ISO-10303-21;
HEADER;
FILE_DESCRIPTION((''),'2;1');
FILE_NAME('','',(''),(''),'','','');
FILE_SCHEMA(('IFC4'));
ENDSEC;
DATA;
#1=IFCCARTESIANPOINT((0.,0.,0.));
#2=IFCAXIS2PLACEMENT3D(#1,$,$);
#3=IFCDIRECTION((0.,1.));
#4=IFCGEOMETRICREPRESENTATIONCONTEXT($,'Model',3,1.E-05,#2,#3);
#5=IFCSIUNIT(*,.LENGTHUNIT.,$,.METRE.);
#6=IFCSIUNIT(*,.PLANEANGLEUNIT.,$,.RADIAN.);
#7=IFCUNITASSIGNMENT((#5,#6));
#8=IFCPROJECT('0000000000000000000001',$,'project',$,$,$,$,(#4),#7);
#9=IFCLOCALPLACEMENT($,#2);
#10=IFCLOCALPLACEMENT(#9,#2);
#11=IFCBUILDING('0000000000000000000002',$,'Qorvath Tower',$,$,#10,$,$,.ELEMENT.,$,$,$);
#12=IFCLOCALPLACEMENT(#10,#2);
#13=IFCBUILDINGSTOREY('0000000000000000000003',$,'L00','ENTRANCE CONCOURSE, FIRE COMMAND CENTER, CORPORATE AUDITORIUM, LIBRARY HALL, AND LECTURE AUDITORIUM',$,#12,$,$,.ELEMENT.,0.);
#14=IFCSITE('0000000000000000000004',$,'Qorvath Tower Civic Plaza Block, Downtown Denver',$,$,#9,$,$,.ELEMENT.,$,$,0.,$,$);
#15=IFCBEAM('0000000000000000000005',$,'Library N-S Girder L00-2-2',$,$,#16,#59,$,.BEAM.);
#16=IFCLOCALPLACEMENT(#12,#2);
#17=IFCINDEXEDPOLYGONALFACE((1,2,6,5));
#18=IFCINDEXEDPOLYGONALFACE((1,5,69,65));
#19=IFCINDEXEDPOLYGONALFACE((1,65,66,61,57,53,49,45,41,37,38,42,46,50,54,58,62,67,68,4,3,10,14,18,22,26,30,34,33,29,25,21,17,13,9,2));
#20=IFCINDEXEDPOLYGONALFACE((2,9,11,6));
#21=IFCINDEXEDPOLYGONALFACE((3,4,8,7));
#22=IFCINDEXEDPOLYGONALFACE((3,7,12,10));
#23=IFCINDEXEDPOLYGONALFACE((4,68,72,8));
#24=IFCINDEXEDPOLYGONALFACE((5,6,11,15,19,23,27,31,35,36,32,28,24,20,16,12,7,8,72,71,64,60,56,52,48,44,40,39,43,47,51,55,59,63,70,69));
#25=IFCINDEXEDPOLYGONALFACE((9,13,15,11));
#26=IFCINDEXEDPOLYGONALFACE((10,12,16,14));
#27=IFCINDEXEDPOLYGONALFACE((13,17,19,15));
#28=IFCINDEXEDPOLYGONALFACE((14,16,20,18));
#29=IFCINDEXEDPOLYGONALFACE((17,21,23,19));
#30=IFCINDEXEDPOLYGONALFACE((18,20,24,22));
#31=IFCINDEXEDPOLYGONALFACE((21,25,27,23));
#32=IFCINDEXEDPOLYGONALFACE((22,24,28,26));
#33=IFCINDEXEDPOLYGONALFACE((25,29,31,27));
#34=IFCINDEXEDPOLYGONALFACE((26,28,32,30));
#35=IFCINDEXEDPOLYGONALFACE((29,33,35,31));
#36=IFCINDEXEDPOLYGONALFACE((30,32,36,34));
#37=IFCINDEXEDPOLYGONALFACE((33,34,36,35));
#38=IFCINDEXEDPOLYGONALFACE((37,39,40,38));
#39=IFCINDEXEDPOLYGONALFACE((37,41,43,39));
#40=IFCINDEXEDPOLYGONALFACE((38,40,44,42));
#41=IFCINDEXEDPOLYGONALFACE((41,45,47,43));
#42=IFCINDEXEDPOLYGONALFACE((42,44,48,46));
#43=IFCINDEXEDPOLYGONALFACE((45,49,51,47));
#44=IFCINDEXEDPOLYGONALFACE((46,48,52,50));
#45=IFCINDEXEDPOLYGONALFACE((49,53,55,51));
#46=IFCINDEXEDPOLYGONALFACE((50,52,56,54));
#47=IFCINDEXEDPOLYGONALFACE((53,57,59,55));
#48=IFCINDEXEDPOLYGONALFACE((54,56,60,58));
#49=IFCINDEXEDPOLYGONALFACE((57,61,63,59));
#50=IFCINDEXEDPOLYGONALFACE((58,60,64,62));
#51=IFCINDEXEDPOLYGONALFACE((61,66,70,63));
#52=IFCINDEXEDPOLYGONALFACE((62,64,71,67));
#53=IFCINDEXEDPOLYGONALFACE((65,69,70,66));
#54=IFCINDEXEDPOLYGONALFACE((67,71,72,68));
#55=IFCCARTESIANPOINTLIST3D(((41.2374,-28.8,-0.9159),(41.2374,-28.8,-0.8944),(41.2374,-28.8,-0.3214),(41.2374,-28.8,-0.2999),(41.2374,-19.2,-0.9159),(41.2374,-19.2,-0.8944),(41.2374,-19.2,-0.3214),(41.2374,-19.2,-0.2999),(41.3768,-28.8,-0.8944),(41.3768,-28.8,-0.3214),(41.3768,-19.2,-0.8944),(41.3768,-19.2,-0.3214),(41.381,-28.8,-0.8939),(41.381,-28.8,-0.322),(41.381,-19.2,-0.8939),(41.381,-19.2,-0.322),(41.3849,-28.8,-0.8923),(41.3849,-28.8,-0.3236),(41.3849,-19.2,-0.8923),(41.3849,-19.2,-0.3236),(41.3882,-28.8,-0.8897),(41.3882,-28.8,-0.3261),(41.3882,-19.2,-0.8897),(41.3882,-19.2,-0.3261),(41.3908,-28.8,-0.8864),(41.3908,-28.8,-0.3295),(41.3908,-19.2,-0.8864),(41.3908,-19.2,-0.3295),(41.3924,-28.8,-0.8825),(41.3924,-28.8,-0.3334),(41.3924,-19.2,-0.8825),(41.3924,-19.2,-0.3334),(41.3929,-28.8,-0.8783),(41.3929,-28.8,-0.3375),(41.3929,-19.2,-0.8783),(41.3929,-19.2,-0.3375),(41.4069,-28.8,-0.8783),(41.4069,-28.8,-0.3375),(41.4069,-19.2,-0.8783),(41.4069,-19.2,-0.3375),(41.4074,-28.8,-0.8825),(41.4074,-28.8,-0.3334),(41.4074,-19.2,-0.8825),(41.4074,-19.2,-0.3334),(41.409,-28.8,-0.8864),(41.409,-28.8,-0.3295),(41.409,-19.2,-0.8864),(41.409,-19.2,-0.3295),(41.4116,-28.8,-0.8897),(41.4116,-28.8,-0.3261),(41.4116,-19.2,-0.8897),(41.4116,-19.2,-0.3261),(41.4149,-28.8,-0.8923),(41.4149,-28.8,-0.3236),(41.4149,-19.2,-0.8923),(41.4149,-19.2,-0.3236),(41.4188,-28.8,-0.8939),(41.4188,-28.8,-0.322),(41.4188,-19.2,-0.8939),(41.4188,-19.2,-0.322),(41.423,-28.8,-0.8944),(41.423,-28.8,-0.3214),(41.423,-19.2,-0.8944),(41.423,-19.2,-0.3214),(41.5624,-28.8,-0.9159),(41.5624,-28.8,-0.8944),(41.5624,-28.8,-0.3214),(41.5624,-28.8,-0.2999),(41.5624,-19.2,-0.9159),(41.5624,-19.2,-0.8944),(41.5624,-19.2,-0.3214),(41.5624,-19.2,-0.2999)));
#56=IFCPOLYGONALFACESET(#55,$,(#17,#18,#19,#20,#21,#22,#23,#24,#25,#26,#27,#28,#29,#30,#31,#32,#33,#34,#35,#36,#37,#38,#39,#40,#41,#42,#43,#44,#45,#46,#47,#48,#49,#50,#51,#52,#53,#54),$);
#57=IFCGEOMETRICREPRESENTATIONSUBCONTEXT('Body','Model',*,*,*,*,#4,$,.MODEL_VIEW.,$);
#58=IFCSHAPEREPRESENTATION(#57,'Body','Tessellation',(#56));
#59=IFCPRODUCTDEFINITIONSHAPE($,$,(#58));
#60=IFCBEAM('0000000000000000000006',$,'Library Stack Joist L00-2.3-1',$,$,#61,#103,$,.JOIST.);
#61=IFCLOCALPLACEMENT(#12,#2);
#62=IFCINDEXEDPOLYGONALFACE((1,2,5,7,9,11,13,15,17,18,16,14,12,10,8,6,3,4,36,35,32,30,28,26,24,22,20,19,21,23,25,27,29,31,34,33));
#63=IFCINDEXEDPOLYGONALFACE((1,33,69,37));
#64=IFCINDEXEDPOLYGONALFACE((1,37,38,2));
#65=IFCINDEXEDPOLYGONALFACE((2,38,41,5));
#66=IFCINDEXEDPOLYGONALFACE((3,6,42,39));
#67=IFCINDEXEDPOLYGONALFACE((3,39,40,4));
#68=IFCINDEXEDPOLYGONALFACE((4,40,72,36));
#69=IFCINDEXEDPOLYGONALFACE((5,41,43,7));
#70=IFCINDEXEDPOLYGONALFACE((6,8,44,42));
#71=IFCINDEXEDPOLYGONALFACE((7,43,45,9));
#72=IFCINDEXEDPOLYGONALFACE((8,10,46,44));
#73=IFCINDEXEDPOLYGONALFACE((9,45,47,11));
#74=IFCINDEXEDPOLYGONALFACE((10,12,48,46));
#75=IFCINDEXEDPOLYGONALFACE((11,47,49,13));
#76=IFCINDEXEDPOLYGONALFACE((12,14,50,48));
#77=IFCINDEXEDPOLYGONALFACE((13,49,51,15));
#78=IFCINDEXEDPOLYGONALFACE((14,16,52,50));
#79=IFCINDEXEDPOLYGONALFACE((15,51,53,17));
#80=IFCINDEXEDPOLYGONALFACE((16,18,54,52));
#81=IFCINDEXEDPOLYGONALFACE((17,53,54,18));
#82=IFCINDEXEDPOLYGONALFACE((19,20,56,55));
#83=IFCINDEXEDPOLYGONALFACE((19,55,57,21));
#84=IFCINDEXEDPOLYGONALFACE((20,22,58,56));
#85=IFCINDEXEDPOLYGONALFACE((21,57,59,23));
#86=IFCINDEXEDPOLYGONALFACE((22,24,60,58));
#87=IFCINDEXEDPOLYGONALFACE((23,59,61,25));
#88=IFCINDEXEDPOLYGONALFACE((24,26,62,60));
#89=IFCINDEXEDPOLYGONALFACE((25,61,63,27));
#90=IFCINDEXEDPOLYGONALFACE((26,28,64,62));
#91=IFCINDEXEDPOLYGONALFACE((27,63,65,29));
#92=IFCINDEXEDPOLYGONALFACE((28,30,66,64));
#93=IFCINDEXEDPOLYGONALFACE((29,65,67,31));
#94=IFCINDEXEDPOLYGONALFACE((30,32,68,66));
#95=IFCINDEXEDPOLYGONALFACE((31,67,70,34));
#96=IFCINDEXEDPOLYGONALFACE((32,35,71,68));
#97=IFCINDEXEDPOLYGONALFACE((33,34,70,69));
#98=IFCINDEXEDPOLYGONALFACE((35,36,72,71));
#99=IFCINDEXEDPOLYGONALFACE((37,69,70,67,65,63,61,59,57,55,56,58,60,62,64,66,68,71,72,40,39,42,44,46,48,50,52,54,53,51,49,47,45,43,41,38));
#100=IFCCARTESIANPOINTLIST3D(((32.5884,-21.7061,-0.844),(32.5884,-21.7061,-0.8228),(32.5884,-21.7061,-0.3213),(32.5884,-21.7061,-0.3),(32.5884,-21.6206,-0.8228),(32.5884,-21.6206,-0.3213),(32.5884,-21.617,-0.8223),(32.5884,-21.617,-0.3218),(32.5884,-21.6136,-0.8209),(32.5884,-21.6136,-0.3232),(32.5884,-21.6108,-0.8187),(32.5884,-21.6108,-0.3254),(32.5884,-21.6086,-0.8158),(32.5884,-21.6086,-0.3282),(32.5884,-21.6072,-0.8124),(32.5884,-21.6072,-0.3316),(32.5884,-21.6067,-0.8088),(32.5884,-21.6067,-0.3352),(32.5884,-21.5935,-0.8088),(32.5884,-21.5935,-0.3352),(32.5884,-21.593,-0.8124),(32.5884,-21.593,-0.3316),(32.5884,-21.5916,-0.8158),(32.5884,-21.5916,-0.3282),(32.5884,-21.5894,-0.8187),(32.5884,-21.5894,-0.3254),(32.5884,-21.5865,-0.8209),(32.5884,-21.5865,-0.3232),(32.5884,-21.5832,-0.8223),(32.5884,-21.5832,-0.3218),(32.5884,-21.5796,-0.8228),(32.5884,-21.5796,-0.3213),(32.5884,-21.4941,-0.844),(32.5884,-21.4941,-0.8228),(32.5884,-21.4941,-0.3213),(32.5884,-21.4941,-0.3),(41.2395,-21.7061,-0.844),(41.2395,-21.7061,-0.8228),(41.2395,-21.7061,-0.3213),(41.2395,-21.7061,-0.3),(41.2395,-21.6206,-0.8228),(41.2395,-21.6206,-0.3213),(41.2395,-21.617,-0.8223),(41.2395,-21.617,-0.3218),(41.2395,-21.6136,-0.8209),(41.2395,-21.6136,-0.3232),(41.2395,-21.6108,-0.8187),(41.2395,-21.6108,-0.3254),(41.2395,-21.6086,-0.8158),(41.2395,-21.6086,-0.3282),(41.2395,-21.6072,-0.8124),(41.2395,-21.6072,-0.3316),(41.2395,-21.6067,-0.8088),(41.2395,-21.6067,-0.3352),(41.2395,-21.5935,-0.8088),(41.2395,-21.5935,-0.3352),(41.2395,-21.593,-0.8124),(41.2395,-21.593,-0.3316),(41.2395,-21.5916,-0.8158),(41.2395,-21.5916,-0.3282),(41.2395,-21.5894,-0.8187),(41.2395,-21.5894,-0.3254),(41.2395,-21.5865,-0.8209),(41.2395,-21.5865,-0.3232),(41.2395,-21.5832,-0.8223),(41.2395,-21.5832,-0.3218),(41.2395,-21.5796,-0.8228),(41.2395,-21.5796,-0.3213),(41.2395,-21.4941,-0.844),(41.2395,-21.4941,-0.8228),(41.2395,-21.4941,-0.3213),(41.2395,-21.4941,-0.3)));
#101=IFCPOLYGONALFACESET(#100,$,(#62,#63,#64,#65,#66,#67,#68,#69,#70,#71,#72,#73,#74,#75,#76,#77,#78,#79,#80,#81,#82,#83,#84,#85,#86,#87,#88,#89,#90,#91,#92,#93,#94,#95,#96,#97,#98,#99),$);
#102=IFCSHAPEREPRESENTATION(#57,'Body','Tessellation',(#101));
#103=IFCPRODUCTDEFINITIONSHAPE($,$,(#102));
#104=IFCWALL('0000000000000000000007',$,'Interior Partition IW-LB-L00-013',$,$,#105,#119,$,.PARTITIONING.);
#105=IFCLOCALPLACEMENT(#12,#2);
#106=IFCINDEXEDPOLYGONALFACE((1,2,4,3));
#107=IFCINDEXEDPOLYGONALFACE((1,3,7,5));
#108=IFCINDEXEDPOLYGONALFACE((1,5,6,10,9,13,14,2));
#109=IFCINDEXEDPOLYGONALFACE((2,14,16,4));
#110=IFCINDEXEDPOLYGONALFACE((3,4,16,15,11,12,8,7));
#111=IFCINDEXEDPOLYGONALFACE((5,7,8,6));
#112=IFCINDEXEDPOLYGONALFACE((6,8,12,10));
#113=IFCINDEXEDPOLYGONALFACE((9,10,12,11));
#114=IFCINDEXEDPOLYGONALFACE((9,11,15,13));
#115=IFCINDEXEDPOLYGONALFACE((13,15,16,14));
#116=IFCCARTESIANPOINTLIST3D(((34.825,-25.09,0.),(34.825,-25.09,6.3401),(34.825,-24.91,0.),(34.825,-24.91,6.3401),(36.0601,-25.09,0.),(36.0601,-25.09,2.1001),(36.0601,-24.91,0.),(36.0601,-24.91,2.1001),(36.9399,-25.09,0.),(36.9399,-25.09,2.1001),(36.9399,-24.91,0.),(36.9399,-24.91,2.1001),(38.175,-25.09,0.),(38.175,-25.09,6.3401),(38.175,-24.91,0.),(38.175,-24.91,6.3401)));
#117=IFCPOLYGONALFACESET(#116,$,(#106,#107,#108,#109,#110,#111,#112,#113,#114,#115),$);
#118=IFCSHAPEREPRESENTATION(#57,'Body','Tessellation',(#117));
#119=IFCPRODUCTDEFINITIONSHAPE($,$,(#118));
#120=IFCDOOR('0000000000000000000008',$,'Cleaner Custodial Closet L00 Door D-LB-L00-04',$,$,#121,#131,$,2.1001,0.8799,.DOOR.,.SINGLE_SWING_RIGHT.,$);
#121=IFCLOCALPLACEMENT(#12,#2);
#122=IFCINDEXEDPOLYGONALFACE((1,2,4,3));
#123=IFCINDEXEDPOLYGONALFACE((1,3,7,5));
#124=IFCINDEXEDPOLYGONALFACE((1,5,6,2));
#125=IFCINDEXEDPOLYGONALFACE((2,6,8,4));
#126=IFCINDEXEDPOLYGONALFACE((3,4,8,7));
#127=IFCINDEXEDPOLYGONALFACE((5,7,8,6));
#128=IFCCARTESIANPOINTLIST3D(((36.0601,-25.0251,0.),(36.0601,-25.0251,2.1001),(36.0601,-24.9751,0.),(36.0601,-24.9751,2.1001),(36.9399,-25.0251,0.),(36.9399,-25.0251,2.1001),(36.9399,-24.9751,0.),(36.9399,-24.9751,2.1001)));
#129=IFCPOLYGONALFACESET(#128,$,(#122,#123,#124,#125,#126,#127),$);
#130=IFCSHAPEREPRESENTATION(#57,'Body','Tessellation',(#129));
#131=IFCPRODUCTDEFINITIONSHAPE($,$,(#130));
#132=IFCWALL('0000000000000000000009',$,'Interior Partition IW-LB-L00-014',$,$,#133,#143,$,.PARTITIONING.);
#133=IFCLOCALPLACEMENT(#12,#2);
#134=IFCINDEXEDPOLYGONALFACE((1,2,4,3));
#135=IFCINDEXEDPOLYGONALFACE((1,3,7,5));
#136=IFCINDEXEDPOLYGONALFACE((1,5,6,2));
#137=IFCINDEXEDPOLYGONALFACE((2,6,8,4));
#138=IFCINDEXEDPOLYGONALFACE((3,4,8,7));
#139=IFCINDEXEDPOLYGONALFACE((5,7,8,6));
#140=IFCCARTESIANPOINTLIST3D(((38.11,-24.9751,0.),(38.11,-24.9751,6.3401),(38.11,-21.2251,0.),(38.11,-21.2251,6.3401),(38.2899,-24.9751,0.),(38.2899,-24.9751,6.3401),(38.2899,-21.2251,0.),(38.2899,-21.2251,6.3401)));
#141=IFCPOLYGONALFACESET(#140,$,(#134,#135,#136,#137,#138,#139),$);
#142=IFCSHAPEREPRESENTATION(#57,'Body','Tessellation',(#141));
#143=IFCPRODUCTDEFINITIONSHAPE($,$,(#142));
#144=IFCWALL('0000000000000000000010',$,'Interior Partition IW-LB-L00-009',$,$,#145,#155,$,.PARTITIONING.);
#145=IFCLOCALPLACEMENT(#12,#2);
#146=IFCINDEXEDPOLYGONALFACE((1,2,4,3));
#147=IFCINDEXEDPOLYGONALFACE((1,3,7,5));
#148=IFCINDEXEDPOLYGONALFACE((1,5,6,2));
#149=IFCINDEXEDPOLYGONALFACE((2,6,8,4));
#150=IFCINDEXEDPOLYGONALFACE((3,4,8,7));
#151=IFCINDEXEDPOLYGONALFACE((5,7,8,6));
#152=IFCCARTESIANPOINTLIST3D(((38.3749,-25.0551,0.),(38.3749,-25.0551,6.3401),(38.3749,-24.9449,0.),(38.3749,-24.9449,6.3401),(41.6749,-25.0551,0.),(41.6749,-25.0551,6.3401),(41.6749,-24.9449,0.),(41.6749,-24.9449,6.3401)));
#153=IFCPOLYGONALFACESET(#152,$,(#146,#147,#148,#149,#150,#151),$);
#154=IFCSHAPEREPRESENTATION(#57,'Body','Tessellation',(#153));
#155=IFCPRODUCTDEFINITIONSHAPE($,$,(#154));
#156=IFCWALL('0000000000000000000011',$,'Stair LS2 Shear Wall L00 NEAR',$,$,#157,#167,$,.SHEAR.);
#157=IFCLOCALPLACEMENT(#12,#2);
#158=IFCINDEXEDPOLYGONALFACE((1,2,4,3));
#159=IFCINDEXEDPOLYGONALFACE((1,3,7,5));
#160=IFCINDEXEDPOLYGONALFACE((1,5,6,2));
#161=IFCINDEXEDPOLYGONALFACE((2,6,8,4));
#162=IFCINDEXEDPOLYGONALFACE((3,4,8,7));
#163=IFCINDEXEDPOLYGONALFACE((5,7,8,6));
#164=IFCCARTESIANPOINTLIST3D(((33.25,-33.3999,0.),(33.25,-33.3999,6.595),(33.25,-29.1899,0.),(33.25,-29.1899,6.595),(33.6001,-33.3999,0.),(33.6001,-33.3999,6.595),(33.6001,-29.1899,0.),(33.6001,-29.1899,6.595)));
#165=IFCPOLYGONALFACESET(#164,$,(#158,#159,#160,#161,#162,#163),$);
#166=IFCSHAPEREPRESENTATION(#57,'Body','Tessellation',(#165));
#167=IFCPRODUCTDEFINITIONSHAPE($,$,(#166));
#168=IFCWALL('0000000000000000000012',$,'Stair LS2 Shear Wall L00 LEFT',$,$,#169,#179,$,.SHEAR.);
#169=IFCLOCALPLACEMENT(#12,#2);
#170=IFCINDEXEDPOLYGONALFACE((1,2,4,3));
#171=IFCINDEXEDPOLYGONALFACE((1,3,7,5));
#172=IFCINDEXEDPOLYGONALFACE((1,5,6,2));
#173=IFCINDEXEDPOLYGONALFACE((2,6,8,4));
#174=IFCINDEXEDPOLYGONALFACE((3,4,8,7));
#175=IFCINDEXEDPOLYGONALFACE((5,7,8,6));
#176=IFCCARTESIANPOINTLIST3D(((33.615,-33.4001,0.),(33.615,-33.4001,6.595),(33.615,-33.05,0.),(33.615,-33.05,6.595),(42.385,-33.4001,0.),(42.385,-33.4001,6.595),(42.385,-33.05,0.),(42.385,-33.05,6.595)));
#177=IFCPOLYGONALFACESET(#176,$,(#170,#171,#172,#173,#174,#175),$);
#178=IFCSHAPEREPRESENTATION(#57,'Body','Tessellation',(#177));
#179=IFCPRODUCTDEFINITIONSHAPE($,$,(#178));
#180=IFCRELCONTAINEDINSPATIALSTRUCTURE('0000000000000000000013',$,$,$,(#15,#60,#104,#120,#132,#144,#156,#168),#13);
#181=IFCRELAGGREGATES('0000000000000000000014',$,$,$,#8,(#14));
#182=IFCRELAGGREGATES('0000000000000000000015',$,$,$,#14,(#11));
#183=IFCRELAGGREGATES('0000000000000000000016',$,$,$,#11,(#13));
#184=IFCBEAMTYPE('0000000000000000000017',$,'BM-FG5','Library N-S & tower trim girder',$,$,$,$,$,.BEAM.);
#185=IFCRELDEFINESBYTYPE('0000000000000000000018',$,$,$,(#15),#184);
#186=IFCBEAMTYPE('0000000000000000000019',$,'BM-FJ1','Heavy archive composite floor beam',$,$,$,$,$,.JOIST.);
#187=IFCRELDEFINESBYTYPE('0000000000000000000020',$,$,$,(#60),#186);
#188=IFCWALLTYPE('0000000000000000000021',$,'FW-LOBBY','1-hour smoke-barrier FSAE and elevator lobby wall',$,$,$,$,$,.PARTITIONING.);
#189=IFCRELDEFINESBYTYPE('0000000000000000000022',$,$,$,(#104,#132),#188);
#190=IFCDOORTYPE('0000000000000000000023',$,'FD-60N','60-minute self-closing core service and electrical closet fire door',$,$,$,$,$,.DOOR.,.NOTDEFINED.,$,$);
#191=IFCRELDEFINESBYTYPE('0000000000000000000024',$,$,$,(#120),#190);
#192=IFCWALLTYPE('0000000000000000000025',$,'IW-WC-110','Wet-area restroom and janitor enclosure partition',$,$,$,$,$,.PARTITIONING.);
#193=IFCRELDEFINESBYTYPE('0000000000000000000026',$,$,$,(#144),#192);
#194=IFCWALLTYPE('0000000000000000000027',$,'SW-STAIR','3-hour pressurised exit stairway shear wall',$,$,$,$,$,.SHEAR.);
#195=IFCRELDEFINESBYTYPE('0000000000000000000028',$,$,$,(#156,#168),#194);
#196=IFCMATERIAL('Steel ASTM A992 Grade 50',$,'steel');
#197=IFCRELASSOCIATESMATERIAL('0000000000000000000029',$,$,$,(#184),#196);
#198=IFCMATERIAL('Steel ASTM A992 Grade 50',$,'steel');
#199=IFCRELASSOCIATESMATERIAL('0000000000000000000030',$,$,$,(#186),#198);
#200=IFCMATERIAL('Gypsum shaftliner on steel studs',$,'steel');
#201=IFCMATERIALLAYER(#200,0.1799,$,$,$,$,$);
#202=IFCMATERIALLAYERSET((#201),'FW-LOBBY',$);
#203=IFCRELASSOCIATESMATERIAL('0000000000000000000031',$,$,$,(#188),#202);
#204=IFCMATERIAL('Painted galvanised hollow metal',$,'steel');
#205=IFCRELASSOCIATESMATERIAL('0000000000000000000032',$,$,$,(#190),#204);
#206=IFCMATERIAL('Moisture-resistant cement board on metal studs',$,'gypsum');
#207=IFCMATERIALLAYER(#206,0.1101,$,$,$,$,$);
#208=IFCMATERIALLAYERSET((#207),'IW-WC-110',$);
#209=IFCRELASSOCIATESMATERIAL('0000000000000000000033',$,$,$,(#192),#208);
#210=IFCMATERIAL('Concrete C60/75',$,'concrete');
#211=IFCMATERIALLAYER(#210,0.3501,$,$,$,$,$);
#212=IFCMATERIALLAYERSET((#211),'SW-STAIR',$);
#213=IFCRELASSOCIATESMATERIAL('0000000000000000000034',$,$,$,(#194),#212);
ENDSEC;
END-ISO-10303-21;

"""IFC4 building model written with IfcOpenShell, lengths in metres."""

from ifc_helpers import new_model, si_unit, direction, frame, frame_2d, origin, origin_2d, place, context, subcontext, project, spatial, rectangle, i_section, extrude, material, layer, layer_set, material_profile, profile_set, type_object, element, fill, save


model = new_model("IFC4")

# Units and contexts
model_context = context("Model", 3, precision=1e-05, world=origin(), true_north=direction((0.0, 1.0)))
body_context = subcontext(model_context, "Body", "Model", "MODEL_VIEW")
ifc_project = project(units=[si_unit("LENGTHUNIT", "METRE"), si_unit("PLANEANGLEUNIT", "RADIAN")], contexts=[model_context])

# Site, building, storey
site_placement = place(None, origin())
site = spatial("IfcSite", under=ifc_project, at=site_placement, Name="Qorvath Tower Civic Plaza Block, Downtown Denver", CompositionType="ELEMENT", RefElevation=0.0)
building_placement = place(site_placement, origin())
building = spatial("IfcBuilding", under=site, at=building_placement, Name="Qorvath Tower", CompositionType="ELEMENT")
storey_placement = place(building_placement, origin())
storey = spatial("IfcBuildingStorey", under=building, at=storey_placement, Name="L00", Description="ENTRANCE CONCOURSE, FIRE COMMAND CENTER, CORPORATE AUDITORIUM, LIBRARY HALL, AND LECTURE AUDITORIUM", CompositionType="ELEMENT", Elevation=0.0)

# Beams
ifc_material_1 = material(Name="Steel ASTM A992 Grade 50", Category="steel")
ifc_material_profile_1 = material_profile(ifc_material_1, i_section(OverallWidth=0.325, OverallDepth=0.616, WebThickness=0.0139, FlangeThickness=0.0215, FilletRadius=0.0161, at=origin_2d()), Name="W24x117")
ifc_profile_set_1 = profile_set([ifc_material_profile_1], Name="Steel ASTM A992 Grade 50")
beam_type_1 = type_object("IfcBeamType", Name="BM-FG5", Description="Library N-S & tower trim girder", PredefinedType="BEAM", material=ifc_profile_set_1)
beam_1_placement = place(storey_placement, frame((41.3999, -28.8, -0.6079), z_axis=(0.0, 1.0, 0.0), x_axis=(-1.0, 0.0, 0.0)))
element("IfcBeam", 1, at=beam_1_placement, inside=storey, type_object=beam_type_1, Name="Library N-S Girder L00-2-2", PredefinedType="BEAM", context=body_context, shape_type="SweptSolid", body=[
    extrude(i_section(OverallWidth=0.325, OverallDepth=0.616, WebThickness=0.0139, FlangeThickness=0.0215, FilletRadius=0.0161, at=origin_2d()), origin(), (0.0, 0.0, 1.0), 9.6001),
])
ifc_material_2 = material(Name="Steel ASTM A992 Grade 50", Category="steel")
ifc_material_profile_2 = material_profile(ifc_material_2, i_section(OverallWidth=0.2119, OverallDepth=0.5439, WebThickness=0.0132, FlangeThickness=0.0212, FilletRadius=0.0139, at=origin_2d()), Name="W21x83")
ifc_profile_set_2 = profile_set([ifc_material_profile_2], Name="Steel ASTM A992 Grade 50")
beam_type_2 = type_object("IfcBeamType", Name="BM-FJ1", Description="Heavy archive composite floor beam", PredefinedType="JOIST", material=ifc_profile_set_2)
beam_2_placement = place(storey_placement, frame((32.5884, -21.6001, -0.572), z_axis=(1.0, 0.0, 0.0), x_axis=(0.0, 1.0, 0.0)))
element("IfcBeam", 2, at=beam_2_placement, inside=storey, type_object=beam_type_2, Name="Library Stack Joist L00-2.3-1", PredefinedType="JOIST", context=body_context, shape_type="SweptSolid", body=[
    extrude(i_section(OverallWidth=0.2119, OverallDepth=0.5439, WebThickness=0.0132, FlangeThickness=0.0212, FilletRadius=0.0139, at=origin_2d()), origin(), (0.0, 0.0, 1.0), 8.6511),
])

# Wall, opening, door
ifc_material_3 = material(Name="Gypsum shaftliner on steel studs", Category="steel")
ifc_layer_1 = layer(ifc_material_3, 0.1799)
ifc_layer_set_1 = layer_set([ifc_layer_1], Name="FW-LOBBY")
wall_type_1 = type_object("IfcWallType", Name="FW-LOBBY", Description="1-hour smoke-barrier FSAE and elevator lobby wall", PredefinedType="PARTITIONING", material=ifc_layer_set_1)
wall_1_placement = place(storey_placement, frame((34.825, -25.0, 0.0), z_axis=(0.0, 0.0, 1.0), x_axis=(1.0, 0.0, 0.0)))
wall_1 = element("IfcWall", 3, at=wall_1_placement, inside=storey, type_object=wall_type_1, Name="Interior Partition IW-LB-L00-013", PredefinedType="PARTITIONING", context=body_context, shape_type="SweptSolid", body=[
    extrude(rectangle(XDim=3.3501, YDim=0.1799, at=frame_2d((1.675, 0.0))), origin(), (0.0, 0.0, 1.0), 6.3401),
])
opening_1_placement = place(wall_1_placement, frame((1.2351, 0.0, 0.0)))
opening_1 = element("IfcOpeningElement", 4, at=opening_1_placement, cuts=wall_1, PredefinedType="OPENING", context=body_context, shape_type="SweptSolid", body=[
    extrude(rectangle(XDim=0.8799, YDim=2.1001, at=frame_2d((0.4399, 1.05))), frame((0.0, 0.1001, 0.0), z_axis=(0.0, -1.0, 0.0), x_axis=(1.0, 0.0, 0.0)), (0.0, 0.0, 1.0), 0.2),
])
ifc_material_4 = material(Name="Painted galvanised hollow metal", Category="steel")
door_type_1 = type_object("IfcDoorType", Name="FD-60N", Description="60-minute self-closing core service and electrical closet fire door", OperationType="NOTDEFINED", PredefinedType="DOOR", material=ifc_material_4)
door_1_placement = place(opening_1_placement, origin())
door_1 = element("IfcDoor", 5, at=door_1_placement, inside=storey, type_object=door_type_1, Name="Cleaner Custodial Closet L00 Door D-LB-L00-04", OperationType="SINGLE_SWING_RIGHT", OverallHeight=2.1001, OverallWidth=0.8799, PredefinedType="DOOR", context=body_context, shape_type="SweptSolid", body=[
    extrude(rectangle(XDim=0.8799, YDim=2.1001, at=frame_2d((0.4399, 1.05))), frame((0.0, 0.0249, 0.0), z_axis=(0.0, -1.0, 0.0), x_axis=(1.0, 0.0, 0.0)), (0.0, 0.0, 1.0), 0.05),
])
fill(opening_1, door_1)

# Walls
wall_2_placement = place(storey_placement, frame((38.2, -24.9751, 0.0), z_axis=(0.0, 0.0, 1.0), x_axis=(0.0, 1.0, 0.0)))
element("IfcWall", 6, at=wall_2_placement, inside=storey, type_object=wall_type_1, Name="Interior Partition IW-LB-L00-014", PredefinedType="PARTITIONING", context=body_context, shape_type="SweptSolid", body=[
    extrude(rectangle(XDim=3.75, YDim=0.1799, at=frame_2d((1.875, 0.0))), origin(), (0.0, 0.0, 1.0), 6.3401),
])
ifc_material_5 = material(Name="Moisture-resistant cement board on metal studs", Category="gypsum")
ifc_layer_2 = layer(ifc_material_5, 0.1101)
ifc_layer_set_2 = layer_set([ifc_layer_2], Name="IW-WC-110")
wall_type_2 = type_object("IfcWallType", Name="IW-WC-110", Description="Wet-area restroom and janitor enclosure partition", PredefinedType="PARTITIONING", material=ifc_layer_set_2)
wall_3_placement = place(storey_placement, frame((38.375, -25.0, 0.0), z_axis=(0.0, 0.0, 1.0), x_axis=(1.0, 0.0, 0.0)))
element("IfcWall", 7, at=wall_3_placement, inside=storey, type_object=wall_type_2, Name="Interior Partition IW-LB-L00-009", PredefinedType="PARTITIONING", context=body_context, shape_type="SweptSolid", body=[
    extrude(rectangle(XDim=3.3, YDim=0.1101, at=frame_2d((1.6499, 0.0))), origin(), (0.0, 0.0, 1.0), 6.3401),
])
ifc_material_6 = material(Name="Concrete C60/75", Category="concrete")
ifc_layer_3 = layer(ifc_material_6, 0.3501)
ifc_layer_set_3 = layer_set([ifc_layer_3], Name="SW-STAIR")
wall_type_3 = type_object("IfcWallType", Name="SW-STAIR", Description="3-hour pressurised exit stairway shear wall", PredefinedType="SHEAR", material=ifc_layer_set_3)
wall_4_placement = place(storey_placement, frame((33.425, -29.1899, 0.0), z_axis=(0.0, 0.0, 1.0), x_axis=(0.0, -1.0, 0.0)))
element("IfcWall", 8, at=wall_4_placement, inside=storey, type_object=wall_type_3, Name="Stair LS2 Shear Wall L00 NEAR", PredefinedType="SHEAR", context=body_context, shape_type="SweptSolid", body=[
    extrude(rectangle(XDim=4.21, YDim=0.3501, at=frame_2d((2.105, 0.0))), origin(), (0.0, 0.0, 1.0), 6.595),
])
wall_5_placement = place(storey_placement, frame((33.615, -33.2251, 0.0), z_axis=(0.0, 0.0, 1.0), x_axis=(1.0, 0.0, 0.0)))
element("IfcWall", 9, at=wall_5_placement, inside=storey, type_object=wall_type_3, Name="Stair LS2 Shear Wall L00 LEFT", PredefinedType="SHEAR", context=body_context, shape_type="SweptSolid", body=[
    extrude(rectangle(XDim=8.77, YDim=0.3501, at=frame_2d((4.385, 0.0))), origin(), (0.0, 0.0, 1.0), 6.595),
])

save(model, "model.ifc")
